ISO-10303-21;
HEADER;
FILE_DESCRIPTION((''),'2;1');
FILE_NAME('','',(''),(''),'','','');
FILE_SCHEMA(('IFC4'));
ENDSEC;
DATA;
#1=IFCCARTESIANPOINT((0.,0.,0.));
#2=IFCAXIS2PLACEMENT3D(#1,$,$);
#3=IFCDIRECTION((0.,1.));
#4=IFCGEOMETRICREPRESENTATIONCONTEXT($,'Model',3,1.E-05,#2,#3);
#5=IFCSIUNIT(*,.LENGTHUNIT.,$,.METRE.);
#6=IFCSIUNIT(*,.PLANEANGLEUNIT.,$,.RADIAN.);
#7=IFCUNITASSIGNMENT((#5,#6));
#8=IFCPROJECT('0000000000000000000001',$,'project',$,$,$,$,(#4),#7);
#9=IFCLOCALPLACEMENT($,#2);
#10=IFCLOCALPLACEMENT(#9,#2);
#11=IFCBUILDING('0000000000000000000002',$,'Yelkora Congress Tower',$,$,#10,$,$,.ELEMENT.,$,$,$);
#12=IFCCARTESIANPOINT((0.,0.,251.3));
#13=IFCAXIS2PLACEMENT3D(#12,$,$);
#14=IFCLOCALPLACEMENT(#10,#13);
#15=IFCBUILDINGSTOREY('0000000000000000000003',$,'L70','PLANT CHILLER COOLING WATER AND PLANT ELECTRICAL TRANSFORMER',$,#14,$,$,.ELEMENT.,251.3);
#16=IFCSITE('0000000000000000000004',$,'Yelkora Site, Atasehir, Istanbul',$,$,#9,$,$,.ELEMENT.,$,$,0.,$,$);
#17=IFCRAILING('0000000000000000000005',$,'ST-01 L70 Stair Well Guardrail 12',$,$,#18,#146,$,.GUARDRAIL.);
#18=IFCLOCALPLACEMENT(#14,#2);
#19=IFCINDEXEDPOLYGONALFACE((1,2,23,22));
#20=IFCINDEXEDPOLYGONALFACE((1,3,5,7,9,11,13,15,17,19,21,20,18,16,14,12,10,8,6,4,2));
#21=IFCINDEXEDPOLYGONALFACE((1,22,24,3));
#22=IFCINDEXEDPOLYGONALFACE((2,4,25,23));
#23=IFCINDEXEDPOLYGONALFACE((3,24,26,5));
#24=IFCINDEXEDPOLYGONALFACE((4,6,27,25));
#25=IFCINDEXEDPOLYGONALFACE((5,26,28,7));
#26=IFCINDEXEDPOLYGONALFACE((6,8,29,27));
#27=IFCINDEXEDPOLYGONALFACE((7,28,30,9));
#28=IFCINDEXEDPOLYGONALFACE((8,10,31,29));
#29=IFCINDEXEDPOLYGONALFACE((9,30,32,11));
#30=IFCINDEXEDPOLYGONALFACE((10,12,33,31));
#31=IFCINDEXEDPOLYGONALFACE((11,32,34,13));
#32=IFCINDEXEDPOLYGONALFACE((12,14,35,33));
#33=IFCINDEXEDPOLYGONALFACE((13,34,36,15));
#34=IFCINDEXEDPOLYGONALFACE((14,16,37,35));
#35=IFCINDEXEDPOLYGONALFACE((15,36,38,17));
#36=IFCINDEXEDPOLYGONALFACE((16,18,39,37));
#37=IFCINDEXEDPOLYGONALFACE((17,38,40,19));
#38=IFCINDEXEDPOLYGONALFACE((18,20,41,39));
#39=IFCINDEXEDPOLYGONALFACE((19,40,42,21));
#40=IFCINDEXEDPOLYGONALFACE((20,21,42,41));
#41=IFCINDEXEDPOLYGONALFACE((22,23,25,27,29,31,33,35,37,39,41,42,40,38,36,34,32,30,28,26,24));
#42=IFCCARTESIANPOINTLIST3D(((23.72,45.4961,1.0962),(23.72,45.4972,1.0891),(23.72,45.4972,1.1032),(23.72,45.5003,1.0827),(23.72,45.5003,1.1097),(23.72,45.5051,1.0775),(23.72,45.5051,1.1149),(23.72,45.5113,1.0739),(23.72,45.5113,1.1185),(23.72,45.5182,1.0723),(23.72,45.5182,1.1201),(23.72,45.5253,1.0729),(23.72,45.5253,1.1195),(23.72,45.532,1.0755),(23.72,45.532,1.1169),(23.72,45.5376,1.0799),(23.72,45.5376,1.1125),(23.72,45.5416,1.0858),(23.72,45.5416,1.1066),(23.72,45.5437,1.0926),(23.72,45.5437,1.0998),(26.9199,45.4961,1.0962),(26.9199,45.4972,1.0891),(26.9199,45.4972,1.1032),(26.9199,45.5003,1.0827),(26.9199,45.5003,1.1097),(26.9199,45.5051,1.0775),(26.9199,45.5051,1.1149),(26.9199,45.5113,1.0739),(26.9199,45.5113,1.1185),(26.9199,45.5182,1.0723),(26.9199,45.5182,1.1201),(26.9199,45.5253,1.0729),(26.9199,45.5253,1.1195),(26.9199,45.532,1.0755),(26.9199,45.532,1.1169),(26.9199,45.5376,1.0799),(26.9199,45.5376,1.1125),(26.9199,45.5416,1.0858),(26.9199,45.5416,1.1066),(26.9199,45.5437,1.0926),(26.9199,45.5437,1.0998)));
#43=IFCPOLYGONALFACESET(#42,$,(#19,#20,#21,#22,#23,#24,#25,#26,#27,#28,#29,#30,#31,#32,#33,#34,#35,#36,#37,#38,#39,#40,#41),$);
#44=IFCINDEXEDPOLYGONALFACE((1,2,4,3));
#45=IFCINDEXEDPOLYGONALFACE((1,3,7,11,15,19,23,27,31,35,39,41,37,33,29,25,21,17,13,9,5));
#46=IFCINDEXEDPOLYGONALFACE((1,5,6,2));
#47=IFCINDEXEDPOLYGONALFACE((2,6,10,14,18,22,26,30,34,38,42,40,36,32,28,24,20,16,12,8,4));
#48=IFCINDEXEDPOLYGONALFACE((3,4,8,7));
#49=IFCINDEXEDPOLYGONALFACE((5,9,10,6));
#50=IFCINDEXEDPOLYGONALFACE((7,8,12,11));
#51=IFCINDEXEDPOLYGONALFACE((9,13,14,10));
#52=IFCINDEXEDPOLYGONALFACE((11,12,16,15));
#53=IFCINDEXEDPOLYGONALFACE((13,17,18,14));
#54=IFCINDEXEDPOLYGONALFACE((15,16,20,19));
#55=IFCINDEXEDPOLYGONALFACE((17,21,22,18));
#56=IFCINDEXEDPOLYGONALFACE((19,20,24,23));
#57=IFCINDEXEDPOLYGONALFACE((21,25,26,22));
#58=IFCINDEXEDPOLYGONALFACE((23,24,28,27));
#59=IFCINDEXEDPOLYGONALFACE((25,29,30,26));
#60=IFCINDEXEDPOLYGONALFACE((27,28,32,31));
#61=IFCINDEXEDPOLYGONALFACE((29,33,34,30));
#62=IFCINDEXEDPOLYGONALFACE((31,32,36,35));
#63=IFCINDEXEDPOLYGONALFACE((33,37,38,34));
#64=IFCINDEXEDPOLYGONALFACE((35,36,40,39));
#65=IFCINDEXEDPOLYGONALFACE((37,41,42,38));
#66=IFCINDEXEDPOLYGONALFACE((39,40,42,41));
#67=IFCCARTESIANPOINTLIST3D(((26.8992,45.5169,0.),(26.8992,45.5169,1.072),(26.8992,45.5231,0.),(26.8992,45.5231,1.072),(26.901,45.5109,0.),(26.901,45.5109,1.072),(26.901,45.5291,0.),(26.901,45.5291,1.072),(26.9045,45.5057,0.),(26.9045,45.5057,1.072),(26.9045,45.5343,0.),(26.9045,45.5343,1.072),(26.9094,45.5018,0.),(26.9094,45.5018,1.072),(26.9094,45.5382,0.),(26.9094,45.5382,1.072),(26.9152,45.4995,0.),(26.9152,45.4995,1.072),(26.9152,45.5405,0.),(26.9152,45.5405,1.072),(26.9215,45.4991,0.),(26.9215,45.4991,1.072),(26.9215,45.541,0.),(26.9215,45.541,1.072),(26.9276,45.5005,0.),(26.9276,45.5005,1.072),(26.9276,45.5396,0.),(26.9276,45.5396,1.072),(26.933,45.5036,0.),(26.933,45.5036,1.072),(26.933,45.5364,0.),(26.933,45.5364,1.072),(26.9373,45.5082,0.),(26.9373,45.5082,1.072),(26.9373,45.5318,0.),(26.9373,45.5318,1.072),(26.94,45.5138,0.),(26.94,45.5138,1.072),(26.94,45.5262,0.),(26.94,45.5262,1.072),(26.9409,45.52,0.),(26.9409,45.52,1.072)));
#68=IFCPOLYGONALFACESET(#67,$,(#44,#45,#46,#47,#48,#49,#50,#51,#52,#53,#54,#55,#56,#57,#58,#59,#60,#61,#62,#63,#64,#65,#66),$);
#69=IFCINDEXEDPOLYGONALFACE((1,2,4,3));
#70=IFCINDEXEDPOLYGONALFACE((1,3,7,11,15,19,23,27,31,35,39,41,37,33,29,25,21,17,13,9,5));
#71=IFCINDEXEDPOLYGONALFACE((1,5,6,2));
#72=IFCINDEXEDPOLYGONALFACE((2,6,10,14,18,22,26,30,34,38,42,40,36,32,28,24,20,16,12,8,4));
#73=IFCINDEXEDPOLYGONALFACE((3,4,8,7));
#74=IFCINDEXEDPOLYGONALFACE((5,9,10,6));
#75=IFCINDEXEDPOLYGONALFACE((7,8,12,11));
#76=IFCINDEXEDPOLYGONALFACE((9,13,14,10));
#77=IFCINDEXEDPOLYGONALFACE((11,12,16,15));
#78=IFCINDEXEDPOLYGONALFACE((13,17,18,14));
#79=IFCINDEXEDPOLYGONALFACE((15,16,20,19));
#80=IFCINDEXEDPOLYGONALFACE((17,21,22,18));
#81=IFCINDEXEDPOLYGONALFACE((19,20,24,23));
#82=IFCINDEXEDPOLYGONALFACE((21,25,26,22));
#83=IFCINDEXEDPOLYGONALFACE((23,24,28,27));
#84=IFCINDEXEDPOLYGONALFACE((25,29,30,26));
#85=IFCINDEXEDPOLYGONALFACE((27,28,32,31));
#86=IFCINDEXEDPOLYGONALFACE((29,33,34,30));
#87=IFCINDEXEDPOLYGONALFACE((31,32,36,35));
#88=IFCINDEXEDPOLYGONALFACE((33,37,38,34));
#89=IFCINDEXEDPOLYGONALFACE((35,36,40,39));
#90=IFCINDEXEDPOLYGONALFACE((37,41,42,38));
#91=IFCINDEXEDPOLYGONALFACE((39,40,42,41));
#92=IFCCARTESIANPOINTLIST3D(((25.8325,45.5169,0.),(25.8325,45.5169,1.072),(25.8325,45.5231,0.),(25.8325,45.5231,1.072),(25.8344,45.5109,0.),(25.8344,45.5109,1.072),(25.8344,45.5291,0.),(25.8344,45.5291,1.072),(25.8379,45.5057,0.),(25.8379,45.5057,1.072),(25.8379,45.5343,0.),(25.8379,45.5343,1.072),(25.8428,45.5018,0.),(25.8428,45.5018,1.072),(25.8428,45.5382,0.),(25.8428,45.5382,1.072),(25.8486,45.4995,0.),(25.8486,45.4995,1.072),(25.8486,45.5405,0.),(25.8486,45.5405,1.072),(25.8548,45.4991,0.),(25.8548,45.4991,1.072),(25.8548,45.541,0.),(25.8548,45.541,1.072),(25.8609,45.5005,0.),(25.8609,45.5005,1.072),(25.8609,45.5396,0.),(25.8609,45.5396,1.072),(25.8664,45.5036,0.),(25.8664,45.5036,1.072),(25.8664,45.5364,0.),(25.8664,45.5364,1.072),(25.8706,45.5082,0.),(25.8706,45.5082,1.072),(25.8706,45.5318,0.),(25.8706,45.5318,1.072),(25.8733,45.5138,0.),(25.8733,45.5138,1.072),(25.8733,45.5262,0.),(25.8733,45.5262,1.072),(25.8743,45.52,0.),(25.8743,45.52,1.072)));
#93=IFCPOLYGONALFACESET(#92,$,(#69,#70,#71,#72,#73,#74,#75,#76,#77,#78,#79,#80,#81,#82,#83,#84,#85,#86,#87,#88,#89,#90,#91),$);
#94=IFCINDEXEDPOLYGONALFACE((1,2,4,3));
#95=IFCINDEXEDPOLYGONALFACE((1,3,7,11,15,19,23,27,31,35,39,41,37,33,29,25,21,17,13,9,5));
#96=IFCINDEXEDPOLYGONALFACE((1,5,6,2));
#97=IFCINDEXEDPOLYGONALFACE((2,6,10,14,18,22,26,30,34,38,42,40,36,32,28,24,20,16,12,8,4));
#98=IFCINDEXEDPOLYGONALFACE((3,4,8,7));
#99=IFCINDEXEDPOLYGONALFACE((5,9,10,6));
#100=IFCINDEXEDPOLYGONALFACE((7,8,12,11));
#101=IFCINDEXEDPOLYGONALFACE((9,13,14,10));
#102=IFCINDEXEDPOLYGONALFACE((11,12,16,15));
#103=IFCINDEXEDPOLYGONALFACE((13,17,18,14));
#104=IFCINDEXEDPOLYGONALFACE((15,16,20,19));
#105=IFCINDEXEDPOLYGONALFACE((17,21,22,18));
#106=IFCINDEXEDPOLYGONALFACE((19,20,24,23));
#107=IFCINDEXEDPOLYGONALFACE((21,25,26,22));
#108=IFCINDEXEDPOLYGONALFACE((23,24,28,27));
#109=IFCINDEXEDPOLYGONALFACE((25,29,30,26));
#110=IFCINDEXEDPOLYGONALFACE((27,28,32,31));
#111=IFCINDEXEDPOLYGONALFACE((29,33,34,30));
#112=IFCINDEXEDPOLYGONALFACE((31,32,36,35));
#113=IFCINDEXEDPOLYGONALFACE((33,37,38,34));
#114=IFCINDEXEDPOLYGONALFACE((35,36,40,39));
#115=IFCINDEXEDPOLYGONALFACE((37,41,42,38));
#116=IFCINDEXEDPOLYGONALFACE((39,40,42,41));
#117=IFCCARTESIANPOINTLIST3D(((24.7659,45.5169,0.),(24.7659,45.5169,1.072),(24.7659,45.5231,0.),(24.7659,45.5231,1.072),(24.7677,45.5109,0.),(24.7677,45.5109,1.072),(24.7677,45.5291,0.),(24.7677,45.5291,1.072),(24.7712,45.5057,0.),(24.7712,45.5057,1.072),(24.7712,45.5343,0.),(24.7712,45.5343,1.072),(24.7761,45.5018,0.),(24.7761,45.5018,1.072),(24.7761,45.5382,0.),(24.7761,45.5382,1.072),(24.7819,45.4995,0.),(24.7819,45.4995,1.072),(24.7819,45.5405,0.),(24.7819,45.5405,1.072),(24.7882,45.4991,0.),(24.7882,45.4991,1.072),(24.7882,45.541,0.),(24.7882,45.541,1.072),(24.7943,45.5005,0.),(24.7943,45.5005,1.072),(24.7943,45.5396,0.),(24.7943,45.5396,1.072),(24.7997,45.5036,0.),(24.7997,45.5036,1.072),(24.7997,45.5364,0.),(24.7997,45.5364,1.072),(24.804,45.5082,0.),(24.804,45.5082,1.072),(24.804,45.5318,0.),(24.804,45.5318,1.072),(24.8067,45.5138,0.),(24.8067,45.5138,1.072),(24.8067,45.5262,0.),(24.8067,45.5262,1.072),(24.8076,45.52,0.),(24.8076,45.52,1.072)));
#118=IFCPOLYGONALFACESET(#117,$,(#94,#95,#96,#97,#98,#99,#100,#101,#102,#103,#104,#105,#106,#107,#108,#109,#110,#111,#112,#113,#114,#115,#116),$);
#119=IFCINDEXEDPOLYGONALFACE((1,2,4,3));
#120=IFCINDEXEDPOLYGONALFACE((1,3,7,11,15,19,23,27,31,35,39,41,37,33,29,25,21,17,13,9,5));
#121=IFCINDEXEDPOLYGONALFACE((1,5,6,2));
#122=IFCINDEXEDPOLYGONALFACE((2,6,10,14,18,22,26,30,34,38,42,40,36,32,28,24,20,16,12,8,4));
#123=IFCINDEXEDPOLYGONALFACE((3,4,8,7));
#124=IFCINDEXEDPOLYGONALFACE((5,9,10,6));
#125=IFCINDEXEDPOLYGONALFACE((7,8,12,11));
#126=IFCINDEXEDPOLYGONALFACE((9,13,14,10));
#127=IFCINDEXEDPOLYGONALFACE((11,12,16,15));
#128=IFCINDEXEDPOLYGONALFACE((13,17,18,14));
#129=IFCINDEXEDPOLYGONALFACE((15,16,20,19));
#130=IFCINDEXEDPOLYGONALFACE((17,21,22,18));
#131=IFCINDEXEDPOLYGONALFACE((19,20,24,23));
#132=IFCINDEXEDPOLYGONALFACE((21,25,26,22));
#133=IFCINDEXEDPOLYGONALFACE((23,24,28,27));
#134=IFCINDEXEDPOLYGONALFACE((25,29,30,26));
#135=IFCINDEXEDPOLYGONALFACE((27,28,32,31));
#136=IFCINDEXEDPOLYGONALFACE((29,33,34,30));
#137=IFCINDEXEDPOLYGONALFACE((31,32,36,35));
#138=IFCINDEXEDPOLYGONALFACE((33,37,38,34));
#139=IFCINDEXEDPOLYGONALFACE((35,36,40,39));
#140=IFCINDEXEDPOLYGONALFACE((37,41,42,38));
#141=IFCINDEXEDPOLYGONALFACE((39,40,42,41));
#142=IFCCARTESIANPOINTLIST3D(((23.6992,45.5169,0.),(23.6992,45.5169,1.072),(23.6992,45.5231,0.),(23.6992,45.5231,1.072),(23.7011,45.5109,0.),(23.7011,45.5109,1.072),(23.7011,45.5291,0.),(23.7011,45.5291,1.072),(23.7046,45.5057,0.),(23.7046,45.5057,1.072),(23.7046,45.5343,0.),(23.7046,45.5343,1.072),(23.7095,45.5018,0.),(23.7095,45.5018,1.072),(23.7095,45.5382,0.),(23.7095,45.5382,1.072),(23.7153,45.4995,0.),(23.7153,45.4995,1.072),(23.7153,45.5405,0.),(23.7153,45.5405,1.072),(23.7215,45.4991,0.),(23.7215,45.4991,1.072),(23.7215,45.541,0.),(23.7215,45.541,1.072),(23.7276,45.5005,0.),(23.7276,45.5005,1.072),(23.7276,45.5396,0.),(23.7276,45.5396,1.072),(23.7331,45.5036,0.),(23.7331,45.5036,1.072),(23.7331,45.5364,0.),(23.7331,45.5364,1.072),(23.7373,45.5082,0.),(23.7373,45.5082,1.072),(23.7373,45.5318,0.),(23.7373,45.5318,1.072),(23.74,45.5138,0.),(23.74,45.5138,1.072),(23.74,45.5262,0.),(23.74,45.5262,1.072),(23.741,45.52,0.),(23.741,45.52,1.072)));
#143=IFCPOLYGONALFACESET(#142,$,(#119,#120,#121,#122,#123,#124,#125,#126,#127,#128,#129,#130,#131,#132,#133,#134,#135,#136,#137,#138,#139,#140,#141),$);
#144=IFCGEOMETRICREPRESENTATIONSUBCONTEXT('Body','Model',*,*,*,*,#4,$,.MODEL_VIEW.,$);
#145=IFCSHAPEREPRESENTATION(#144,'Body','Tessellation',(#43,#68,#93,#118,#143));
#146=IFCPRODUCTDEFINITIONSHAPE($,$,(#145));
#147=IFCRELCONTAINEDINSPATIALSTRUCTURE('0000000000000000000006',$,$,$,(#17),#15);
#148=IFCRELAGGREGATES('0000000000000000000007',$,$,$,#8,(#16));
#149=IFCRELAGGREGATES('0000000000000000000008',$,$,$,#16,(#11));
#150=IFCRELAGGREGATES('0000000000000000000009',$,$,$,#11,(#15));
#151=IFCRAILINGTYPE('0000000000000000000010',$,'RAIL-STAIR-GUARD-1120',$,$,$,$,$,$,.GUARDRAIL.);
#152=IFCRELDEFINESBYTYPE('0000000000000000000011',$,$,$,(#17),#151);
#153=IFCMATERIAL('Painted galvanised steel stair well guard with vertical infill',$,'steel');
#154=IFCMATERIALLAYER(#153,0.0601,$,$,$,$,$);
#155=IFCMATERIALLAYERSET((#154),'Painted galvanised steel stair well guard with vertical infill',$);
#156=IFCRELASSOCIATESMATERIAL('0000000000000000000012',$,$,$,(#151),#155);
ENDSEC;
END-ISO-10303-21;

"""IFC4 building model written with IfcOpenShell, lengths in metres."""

from ifc_helpers import new_model, si_unit, direction, frame, origin, origin_2d, place, context, subcontext, project, spatial, circle, extrude, material, layer, layer_set, type_object, element, save


model = new_model("IFC4")

# Units and contexts
model_context = context("Model", 3, precision=1e-05, world=origin(), true_north=direction((0.0, 1.0)))
body_context = subcontext(model_context, "Body", "Model", "MODEL_VIEW")
ifc_project = project(units=[si_unit("LENGTHUNIT", "METRE"), si_unit("PLANEANGLEUNIT", "RADIAN")], contexts=[model_context])

# Site, building, storey
site_placement = place(None, origin())
site = spatial("IfcSite", under=ifc_project, at=site_placement, Name="Yelkora Site, Atasehir, Istanbul", CompositionType="ELEMENT", RefElevation=0.0)
building_placement = place(site_placement, origin())
building = spatial("IfcBuilding", under=site, at=building_placement, Name="Yelkora Congress Tower", CompositionType="ELEMENT")
storey_placement = place(building_placement, frame((0.0, 0.0, 251.3)))
storey = spatial("IfcBuildingStorey", under=building, at=storey_placement, Name="L70", Description="PLANT CHILLER COOLING WATER AND PLANT ELECTRICAL TRANSFORMER", CompositionType="ELEMENT", Elevation=251.3)

# Railing
ifc_material_1 = material(Name="Painted galvanised steel stair well guard with vertical infill", Category="steel")
ifc_layer_1 = layer(ifc_material_1, 0.0601)
ifc_layer_set_1 = layer_set([ifc_layer_1], Name="Painted galvanised steel stair well guard with vertical infill")
railing_type_1 = type_object("IfcRailingType", Name="RAIL-STAIR-GUARD-1120", PredefinedType="GUARDRAIL", material=ifc_layer_set_1)
railing_1_placement = place(storey_placement, frame((26.9199, 45.52, 0.0)))
element("IfcRailing", 1, at=railing_1_placement, inside=storey, type_object=railing_type_1, Name="ST-01 L70 Stair Well Guardrail 12", PredefinedType="GUARDRAIL", context=body_context, shape_type="SweptSolid", body=[
    extrude(circle(Radius=0.0239, at=origin_2d()), frame((0.0, 0.0, 1.0962), z_axis=(-1.0, 0.0, 0.0), x_axis=(0.0, -1.0, 0.0)), (0.0, 0.0, 1.0), 3.2),
    extrude(circle(Radius=0.021, at=origin_2d()), origin(), (0.0, 0.0, 1.0), 1.072),
    extrude(circle(Radius=0.021, at=origin_2d()), frame((-1.0667, 0.0, 0.0)), (0.0, 0.0, 1.0), 1.072),
    extrude(circle(Radius=0.021, at=origin_2d()), frame((-2.1333, 0.0, 0.0)), (0.0, 0.0, 1.0), 1.072),
    extrude(circle(Radius=0.021, at=origin_2d()), frame((-3.2, 0.0, 0.0)), (0.0, 0.0, 1.0), 1.072),
])

save(model, "model.ifc")
